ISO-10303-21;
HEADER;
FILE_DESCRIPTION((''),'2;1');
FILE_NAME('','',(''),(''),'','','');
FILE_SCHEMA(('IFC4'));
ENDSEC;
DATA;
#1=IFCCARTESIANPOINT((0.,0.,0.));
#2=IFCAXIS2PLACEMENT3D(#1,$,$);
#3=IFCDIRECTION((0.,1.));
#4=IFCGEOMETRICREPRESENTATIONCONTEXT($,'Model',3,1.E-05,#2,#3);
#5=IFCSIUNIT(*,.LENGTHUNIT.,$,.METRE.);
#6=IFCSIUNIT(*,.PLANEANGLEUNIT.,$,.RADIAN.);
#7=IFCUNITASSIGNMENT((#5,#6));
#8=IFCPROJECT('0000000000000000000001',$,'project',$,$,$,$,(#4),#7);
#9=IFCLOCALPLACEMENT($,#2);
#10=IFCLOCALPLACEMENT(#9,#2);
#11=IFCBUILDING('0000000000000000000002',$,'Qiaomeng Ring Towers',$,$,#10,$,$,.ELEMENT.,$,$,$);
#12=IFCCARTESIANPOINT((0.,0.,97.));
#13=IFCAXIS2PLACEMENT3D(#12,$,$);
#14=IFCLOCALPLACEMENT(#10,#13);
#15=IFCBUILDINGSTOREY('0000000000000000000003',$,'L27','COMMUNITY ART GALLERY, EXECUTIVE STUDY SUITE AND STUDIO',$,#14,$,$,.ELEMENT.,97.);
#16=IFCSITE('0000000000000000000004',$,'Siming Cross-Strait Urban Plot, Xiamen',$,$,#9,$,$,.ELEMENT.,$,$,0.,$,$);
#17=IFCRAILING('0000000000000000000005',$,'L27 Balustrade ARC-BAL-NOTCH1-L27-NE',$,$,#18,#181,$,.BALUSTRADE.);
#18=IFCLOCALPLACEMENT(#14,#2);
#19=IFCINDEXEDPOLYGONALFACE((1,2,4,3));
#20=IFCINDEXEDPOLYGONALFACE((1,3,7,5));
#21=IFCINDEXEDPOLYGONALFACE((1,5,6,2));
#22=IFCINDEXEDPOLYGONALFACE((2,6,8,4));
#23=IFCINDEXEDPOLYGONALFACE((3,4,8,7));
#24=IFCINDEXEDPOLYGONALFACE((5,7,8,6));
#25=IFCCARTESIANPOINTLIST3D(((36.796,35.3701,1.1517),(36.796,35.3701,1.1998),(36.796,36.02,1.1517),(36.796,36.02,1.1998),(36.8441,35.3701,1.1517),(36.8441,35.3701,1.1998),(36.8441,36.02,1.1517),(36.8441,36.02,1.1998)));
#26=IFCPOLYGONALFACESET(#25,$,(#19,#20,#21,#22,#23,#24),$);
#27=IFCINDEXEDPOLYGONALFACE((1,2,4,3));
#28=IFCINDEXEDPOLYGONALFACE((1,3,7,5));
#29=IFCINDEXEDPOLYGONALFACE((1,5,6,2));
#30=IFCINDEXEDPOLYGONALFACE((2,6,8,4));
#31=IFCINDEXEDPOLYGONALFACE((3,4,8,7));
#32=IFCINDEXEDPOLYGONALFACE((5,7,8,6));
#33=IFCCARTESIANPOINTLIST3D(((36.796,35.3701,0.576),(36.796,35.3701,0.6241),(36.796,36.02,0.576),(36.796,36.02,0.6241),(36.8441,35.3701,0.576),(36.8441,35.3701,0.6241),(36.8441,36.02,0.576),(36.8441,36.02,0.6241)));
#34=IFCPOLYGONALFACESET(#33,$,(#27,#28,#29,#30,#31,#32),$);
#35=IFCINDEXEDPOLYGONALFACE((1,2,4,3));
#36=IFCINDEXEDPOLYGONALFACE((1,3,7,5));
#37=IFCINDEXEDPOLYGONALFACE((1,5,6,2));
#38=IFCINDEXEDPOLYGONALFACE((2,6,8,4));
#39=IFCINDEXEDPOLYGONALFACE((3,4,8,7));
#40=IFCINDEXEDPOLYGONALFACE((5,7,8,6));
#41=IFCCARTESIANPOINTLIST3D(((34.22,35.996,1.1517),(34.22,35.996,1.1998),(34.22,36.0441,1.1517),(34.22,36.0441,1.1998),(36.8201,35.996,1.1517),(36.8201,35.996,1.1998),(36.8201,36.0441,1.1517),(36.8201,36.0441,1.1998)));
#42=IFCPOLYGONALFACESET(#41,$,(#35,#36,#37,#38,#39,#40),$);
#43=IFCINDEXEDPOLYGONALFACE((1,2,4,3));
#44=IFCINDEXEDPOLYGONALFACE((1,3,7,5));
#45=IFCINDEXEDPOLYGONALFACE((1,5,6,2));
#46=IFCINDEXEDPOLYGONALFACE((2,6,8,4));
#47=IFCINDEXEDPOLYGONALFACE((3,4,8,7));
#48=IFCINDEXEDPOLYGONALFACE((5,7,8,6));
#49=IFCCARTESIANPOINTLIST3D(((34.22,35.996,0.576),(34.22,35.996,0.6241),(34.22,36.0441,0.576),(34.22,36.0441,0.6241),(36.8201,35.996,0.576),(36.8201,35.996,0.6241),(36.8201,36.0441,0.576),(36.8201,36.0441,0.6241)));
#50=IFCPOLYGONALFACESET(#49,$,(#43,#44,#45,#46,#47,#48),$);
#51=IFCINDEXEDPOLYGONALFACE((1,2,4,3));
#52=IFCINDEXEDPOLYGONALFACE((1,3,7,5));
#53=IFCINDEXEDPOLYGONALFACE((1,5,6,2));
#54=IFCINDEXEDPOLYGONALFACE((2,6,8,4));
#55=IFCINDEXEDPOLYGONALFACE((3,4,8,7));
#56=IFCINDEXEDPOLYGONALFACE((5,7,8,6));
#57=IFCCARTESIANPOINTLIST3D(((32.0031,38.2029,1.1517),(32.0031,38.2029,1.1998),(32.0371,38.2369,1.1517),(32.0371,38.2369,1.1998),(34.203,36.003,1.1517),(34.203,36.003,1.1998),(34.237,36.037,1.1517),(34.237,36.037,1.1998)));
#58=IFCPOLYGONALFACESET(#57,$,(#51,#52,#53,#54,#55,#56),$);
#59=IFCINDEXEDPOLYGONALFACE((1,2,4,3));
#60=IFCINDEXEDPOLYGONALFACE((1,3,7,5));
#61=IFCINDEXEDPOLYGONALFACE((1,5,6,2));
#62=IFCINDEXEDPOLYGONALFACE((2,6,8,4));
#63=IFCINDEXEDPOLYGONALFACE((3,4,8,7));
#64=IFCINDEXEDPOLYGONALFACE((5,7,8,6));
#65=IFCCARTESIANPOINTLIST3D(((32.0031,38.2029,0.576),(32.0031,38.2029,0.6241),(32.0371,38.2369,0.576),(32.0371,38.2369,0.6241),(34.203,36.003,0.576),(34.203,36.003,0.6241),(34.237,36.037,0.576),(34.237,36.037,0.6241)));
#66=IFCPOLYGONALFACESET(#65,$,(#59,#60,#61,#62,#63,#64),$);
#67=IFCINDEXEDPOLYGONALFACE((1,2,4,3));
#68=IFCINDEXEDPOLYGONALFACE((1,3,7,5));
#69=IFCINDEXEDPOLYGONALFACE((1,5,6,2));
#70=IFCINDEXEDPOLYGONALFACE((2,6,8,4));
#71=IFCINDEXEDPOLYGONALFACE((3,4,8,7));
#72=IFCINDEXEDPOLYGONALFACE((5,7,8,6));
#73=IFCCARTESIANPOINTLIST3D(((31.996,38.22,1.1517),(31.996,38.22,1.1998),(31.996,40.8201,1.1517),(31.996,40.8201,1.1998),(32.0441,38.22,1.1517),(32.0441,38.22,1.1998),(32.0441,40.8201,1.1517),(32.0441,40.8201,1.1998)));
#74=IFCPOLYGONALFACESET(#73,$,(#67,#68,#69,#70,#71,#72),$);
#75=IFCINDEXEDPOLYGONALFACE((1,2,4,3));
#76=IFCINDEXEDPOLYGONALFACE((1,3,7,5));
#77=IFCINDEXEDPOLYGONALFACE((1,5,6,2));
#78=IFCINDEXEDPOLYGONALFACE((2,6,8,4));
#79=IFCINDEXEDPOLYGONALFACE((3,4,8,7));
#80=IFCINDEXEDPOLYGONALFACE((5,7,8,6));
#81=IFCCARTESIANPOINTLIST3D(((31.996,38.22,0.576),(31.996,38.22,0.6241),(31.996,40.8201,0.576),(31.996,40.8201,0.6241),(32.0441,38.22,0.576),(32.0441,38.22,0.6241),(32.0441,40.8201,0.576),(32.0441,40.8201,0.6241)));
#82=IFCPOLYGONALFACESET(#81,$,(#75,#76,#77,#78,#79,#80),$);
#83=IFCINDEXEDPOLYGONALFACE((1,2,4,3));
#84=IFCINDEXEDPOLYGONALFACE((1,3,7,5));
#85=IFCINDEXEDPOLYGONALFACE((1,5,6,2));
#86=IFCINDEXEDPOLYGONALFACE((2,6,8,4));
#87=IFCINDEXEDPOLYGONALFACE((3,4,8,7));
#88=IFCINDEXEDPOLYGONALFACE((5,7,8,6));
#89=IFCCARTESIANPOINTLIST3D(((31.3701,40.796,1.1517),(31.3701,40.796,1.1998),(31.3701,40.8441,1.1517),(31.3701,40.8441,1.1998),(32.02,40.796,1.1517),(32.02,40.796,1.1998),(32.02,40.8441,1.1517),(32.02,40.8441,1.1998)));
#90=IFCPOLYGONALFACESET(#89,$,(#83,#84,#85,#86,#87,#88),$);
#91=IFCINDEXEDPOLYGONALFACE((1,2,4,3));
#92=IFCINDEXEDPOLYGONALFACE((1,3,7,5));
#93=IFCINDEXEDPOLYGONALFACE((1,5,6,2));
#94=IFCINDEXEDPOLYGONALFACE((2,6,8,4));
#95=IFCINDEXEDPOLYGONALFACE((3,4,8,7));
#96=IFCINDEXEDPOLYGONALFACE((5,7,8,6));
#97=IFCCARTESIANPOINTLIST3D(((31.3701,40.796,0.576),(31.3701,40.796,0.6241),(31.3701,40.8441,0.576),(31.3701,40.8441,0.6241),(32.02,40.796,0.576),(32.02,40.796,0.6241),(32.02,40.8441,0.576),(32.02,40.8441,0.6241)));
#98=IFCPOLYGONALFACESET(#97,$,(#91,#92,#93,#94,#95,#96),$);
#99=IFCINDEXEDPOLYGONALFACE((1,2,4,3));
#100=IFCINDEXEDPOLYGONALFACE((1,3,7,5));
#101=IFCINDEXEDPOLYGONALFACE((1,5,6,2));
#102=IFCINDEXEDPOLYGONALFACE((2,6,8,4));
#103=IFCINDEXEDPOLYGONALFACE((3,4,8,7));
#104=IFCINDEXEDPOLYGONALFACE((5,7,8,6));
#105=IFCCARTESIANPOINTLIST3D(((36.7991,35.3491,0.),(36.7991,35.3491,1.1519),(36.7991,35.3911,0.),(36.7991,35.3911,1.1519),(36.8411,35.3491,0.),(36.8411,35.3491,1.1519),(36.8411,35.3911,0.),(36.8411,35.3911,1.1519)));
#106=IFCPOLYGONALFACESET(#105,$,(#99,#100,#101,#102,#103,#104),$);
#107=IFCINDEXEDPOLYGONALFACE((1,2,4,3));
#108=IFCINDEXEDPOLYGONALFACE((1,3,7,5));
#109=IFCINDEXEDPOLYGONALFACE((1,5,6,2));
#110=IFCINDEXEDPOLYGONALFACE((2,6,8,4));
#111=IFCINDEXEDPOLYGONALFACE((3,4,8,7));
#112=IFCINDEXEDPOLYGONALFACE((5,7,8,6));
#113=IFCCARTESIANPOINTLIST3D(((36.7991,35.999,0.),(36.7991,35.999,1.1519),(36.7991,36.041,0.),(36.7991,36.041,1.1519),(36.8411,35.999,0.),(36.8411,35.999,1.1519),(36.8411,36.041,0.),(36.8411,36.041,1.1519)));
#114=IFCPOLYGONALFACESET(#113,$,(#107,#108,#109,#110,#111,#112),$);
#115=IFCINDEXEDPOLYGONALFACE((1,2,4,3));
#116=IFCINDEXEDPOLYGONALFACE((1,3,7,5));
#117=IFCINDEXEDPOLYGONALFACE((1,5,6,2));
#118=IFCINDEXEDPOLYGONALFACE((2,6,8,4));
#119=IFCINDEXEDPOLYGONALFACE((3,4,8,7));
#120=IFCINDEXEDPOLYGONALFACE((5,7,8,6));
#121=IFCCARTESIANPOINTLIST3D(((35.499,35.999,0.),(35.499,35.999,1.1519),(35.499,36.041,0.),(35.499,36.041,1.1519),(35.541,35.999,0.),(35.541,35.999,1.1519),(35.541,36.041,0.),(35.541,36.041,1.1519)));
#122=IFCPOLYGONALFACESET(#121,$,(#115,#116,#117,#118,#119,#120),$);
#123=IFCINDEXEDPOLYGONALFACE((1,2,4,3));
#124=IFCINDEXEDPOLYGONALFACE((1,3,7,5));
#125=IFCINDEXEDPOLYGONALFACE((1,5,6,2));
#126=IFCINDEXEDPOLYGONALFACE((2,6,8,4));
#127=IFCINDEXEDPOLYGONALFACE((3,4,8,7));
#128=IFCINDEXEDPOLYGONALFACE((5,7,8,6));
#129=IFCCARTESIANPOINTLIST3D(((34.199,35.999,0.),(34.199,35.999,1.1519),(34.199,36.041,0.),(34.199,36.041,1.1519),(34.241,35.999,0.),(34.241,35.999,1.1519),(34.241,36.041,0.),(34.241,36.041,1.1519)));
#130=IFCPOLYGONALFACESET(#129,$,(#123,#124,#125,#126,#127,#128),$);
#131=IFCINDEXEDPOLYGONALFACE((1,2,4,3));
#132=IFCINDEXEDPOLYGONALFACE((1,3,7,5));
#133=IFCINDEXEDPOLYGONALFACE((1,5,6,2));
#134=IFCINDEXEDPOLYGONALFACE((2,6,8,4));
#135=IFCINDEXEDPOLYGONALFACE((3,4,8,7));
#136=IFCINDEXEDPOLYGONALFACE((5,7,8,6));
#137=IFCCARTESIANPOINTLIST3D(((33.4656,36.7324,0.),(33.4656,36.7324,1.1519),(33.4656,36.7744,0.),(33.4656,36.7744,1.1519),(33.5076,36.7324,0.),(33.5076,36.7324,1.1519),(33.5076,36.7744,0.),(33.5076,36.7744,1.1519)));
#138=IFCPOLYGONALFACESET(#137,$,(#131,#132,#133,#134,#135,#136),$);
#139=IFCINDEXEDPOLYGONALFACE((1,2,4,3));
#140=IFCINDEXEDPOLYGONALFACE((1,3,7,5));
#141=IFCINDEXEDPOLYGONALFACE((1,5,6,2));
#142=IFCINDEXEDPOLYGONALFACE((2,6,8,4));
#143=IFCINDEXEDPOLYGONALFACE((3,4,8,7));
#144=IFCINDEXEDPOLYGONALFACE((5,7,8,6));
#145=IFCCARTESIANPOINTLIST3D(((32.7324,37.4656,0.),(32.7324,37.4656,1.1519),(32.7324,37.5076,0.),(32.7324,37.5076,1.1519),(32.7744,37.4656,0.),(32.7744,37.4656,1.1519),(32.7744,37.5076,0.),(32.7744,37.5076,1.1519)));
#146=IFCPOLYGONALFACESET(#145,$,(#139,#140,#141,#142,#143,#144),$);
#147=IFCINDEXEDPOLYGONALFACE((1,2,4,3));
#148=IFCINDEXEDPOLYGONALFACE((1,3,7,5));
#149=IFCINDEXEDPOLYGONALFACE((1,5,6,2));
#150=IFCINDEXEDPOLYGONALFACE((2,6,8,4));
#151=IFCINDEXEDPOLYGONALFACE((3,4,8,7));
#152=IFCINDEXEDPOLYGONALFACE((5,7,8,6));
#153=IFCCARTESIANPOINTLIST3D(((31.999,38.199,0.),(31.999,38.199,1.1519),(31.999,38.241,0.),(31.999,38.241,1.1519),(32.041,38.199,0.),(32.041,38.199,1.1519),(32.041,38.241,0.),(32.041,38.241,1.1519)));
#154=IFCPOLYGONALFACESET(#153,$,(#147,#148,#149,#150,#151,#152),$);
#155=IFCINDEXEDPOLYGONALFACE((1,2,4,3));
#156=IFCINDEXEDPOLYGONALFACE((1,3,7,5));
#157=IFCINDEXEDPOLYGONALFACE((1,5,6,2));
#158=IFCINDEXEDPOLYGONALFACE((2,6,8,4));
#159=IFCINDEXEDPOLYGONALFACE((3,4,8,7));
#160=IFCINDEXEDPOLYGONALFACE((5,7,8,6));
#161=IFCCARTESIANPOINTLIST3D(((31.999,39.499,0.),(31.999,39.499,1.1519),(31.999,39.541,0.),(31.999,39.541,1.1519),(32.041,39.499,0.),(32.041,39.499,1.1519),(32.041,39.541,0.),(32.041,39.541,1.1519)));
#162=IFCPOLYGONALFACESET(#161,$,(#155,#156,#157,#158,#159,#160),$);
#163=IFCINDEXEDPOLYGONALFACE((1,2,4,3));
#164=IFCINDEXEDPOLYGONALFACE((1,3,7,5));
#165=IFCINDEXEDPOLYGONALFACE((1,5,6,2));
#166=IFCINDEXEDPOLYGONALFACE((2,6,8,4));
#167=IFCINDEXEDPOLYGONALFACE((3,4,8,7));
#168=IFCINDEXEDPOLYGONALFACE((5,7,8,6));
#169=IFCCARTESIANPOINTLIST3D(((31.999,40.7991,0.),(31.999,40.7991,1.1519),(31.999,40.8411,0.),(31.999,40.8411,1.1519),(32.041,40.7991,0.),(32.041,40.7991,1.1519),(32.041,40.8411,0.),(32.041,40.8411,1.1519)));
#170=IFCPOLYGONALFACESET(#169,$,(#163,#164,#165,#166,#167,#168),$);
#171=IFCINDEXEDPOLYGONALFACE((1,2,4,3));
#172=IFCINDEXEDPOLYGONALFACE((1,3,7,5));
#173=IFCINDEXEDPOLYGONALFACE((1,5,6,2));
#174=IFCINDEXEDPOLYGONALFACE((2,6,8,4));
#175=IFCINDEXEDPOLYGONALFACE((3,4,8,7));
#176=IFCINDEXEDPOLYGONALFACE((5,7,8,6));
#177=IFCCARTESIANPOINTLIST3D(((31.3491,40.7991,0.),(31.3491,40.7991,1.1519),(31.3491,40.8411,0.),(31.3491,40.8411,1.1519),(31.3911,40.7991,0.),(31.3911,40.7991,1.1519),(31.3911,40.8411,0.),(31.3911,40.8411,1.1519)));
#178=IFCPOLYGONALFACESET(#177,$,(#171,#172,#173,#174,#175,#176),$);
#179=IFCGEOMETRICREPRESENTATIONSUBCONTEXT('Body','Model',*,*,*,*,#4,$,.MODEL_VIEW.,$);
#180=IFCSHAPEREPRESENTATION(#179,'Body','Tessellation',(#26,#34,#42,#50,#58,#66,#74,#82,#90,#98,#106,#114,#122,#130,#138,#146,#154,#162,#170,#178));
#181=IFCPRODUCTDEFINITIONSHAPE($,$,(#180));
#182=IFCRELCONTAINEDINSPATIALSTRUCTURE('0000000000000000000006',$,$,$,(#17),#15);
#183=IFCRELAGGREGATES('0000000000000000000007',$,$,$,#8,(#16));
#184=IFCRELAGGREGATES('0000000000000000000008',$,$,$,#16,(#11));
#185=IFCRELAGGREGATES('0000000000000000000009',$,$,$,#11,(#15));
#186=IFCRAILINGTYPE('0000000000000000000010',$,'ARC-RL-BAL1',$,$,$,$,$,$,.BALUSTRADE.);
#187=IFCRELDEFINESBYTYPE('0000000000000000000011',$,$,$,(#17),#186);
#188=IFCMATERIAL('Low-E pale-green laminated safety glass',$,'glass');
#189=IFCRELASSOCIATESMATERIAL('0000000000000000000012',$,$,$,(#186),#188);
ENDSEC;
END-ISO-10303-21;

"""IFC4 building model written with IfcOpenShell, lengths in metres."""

from ifc_helpers import new_model, si_unit, direction, frame, origin, origin_2d, place, context, subcontext, project, spatial, rectangle, extrude, material, type_object, element, save


model = new_model("IFC4")

# Units and contexts
model_context = context("Model", 3, precision=1e-05, world=origin(), true_north=direction((0.0, 1.0)))
body_context = subcontext(model_context, "Body", "Model", "MODEL_VIEW")
ifc_project = project(units=[si_unit("LENGTHUNIT", "METRE"), si_unit("PLANEANGLEUNIT", "RADIAN")], contexts=[model_context])

# Site, building, storey
site_placement = place(None, origin())
site = spatial("IfcSite", under=ifc_project, at=site_placement, Name="Siming Cross-Strait Urban Plot, Xiamen", CompositionType="ELEMENT", RefElevation=0.0)
building_placement = place(site_placement, origin())
building = spatial("IfcBuilding", under=site, at=building_placement, Name="Qiaomeng Ring Towers", CompositionType="ELEMENT")
storey_placement = place(building_placement, frame((0.0, 0.0, 97.0)))
storey = spatial("IfcBuildingStorey", under=building, at=storey_placement, Name="L27", Description="COMMUNITY ART GALLERY, EXECUTIVE STUDY SUITE AND STUDIO", CompositionType="ELEMENT", Elevation=97.0)

# Railing
ifc_material_1 = material(Name="Low-E pale-green laminated safety glass", Category="glass")
railing_type = type_object("IfcRailingType", Name="ARC-RL-BAL1", PredefinedType="BALUSTRADE", material=ifc_material_1)
railing_placement = place(storey_placement, frame((36.8201, 35.3701, 0.0)))
element("IfcRailing", 1, at=railing_placement, inside=storey, type_object=railing_type, Name="L27 Balustrade ARC-BAL-NOTCH1-L27-NE", PredefinedType="BALUSTRADE", context=body_context, shape_type="SweptSolid", body=[
    extrude(rectangle(XDim=0.0481, YDim=0.0481, at=origin_2d()), frame((0.0, 0.0, 1.1758), z_axis=(0.0, 1.0, 0.0), x_axis=(-1.0, 0.0, 0.0)), (0.0, 0.0, 1.0), 0.6499),
    extrude(rectangle(XDim=0.0481, YDim=0.0481, at=origin_2d()), frame((0.0, 0.0, 0.6001), z_axis=(0.0, 1.0, 0.0), x_axis=(-1.0, 0.0, 0.0)), (0.0, 0.0, 1.0), 0.6499),
    extrude(rectangle(XDim=0.0481, YDim=0.0481, at=origin_2d()), frame((0.0, 0.6499, 1.1758), z_axis=(-1.0, 0.0, 0.0), x_axis=(0.0, -1.0, 0.0)), (0.0, 0.0, 1.0), 2.6001),
    extrude(rectangle(XDim=0.0481, YDim=0.0481, at=origin_2d()), frame((0.0, 0.6499, 0.6001), z_axis=(-1.0, 0.0, 0.0), x_axis=(0.0, -1.0, 0.0)), (0.0, 0.0, 1.0), 2.6001),
    extrude(rectangle(XDim=0.0481, YDim=0.0481, at=origin_2d()), frame((-2.6001, 0.6499, 1.1758), z_axis=(-0.707107, 0.707107, 0.0), x_axis=(-0.707107, -0.707107, 0.0)), (0.0, 0.0, 1.0), 3.1111),
    extrude(rectangle(XDim=0.0481, YDim=0.0481, at=origin_2d()), frame((-2.6001, 0.6499, 0.6001), z_axis=(-0.707107, 0.707107, 0.0), x_axis=(-0.707107, -0.707107, 0.0)), (0.0, 0.0, 1.0), 3.1111),
    extrude(rectangle(XDim=0.0481, YDim=0.0481, at=origin_2d()), frame((-4.8, 2.8499, 1.1758), z_axis=(0.0, 1.0, 0.0), x_axis=(-1.0, 0.0, 0.0)), (0.0, 0.0, 1.0), 2.6001),
    extrude(rectangle(XDim=0.0481, YDim=0.0481, at=origin_2d()), frame((-4.8, 2.8499, 0.6001), z_axis=(0.0, 1.0, 0.0), x_axis=(-1.0, 0.0, 0.0)), (0.0, 0.0, 1.0), 2.6001),
    extrude(rectangle(XDim=0.0481, YDim=0.0481, at=origin_2d()), frame((-4.8, 5.45, 1.1758), z_axis=(-1.0, 0.0, 0.0), x_axis=(0.0, -1.0, 0.0)), (0.0, 0.0, 1.0), 0.6499),
    extrude(rectangle(XDim=0.0481, YDim=0.0481, at=origin_2d()), frame((-4.8, 5.45, 0.6001), z_axis=(-1.0, 0.0, 0.0), x_axis=(0.0, -1.0, 0.0)), (0.0, 0.0, 1.0), 0.6499),
    extrude(rectangle(XDim=0.042, YDim=0.042, at=origin_2d()), origin(), (0.0, 0.0, 1.0), 1.1519),
    extrude(rectangle(XDim=0.042, YDim=0.042, at=origin_2d()), frame((0.0, 0.6499, 0.0)), (0.0, 0.0, 1.0), 1.1519),
    extrude(rectangle(XDim=0.042, YDim=0.042, at=origin_2d()), frame((-1.3, 0.6499, 0.0)), (0.0, 0.0, 1.0), 1.1519),
    extrude(rectangle(XDim=0.042, YDim=0.042, at=origin_2d()), frame((-2.6001, 0.6499, 0.0)), (0.0, 0.0, 1.0), 1.1519),
    extrude(rectangle(XDim=0.042, YDim=0.042, at=origin_2d()), frame((-3.3335, 1.3833, 0.0)), (0.0, 0.0, 1.0), 1.1519),
    extrude(rectangle(XDim=0.042, YDim=0.042, at=origin_2d()), frame((-4.0667, 2.1165, 0.0)), (0.0, 0.0, 1.0), 1.1519),
    extrude(rectangle(XDim=0.042, YDim=0.042, at=origin_2d()), frame((-4.8, 2.8499, 0.0)), (0.0, 0.0, 1.0), 1.1519),
    extrude(rectangle(XDim=0.042, YDim=0.042, at=origin_2d()), frame((-4.8, 4.1499, 0.0)), (0.0, 0.0, 1.0), 1.1519),
    extrude(rectangle(XDim=0.042, YDim=0.042, at=origin_2d()), frame((-4.8, 5.45, 0.0)), (0.0, 0.0, 1.0), 1.1519),
    extrude(rectangle(XDim=0.042, YDim=0.042, at=origin_2d()), frame((-5.45, 5.45, 0.0)), (0.0, 0.0, 1.0), 1.1519),
])

save(model, "model.ifc")
